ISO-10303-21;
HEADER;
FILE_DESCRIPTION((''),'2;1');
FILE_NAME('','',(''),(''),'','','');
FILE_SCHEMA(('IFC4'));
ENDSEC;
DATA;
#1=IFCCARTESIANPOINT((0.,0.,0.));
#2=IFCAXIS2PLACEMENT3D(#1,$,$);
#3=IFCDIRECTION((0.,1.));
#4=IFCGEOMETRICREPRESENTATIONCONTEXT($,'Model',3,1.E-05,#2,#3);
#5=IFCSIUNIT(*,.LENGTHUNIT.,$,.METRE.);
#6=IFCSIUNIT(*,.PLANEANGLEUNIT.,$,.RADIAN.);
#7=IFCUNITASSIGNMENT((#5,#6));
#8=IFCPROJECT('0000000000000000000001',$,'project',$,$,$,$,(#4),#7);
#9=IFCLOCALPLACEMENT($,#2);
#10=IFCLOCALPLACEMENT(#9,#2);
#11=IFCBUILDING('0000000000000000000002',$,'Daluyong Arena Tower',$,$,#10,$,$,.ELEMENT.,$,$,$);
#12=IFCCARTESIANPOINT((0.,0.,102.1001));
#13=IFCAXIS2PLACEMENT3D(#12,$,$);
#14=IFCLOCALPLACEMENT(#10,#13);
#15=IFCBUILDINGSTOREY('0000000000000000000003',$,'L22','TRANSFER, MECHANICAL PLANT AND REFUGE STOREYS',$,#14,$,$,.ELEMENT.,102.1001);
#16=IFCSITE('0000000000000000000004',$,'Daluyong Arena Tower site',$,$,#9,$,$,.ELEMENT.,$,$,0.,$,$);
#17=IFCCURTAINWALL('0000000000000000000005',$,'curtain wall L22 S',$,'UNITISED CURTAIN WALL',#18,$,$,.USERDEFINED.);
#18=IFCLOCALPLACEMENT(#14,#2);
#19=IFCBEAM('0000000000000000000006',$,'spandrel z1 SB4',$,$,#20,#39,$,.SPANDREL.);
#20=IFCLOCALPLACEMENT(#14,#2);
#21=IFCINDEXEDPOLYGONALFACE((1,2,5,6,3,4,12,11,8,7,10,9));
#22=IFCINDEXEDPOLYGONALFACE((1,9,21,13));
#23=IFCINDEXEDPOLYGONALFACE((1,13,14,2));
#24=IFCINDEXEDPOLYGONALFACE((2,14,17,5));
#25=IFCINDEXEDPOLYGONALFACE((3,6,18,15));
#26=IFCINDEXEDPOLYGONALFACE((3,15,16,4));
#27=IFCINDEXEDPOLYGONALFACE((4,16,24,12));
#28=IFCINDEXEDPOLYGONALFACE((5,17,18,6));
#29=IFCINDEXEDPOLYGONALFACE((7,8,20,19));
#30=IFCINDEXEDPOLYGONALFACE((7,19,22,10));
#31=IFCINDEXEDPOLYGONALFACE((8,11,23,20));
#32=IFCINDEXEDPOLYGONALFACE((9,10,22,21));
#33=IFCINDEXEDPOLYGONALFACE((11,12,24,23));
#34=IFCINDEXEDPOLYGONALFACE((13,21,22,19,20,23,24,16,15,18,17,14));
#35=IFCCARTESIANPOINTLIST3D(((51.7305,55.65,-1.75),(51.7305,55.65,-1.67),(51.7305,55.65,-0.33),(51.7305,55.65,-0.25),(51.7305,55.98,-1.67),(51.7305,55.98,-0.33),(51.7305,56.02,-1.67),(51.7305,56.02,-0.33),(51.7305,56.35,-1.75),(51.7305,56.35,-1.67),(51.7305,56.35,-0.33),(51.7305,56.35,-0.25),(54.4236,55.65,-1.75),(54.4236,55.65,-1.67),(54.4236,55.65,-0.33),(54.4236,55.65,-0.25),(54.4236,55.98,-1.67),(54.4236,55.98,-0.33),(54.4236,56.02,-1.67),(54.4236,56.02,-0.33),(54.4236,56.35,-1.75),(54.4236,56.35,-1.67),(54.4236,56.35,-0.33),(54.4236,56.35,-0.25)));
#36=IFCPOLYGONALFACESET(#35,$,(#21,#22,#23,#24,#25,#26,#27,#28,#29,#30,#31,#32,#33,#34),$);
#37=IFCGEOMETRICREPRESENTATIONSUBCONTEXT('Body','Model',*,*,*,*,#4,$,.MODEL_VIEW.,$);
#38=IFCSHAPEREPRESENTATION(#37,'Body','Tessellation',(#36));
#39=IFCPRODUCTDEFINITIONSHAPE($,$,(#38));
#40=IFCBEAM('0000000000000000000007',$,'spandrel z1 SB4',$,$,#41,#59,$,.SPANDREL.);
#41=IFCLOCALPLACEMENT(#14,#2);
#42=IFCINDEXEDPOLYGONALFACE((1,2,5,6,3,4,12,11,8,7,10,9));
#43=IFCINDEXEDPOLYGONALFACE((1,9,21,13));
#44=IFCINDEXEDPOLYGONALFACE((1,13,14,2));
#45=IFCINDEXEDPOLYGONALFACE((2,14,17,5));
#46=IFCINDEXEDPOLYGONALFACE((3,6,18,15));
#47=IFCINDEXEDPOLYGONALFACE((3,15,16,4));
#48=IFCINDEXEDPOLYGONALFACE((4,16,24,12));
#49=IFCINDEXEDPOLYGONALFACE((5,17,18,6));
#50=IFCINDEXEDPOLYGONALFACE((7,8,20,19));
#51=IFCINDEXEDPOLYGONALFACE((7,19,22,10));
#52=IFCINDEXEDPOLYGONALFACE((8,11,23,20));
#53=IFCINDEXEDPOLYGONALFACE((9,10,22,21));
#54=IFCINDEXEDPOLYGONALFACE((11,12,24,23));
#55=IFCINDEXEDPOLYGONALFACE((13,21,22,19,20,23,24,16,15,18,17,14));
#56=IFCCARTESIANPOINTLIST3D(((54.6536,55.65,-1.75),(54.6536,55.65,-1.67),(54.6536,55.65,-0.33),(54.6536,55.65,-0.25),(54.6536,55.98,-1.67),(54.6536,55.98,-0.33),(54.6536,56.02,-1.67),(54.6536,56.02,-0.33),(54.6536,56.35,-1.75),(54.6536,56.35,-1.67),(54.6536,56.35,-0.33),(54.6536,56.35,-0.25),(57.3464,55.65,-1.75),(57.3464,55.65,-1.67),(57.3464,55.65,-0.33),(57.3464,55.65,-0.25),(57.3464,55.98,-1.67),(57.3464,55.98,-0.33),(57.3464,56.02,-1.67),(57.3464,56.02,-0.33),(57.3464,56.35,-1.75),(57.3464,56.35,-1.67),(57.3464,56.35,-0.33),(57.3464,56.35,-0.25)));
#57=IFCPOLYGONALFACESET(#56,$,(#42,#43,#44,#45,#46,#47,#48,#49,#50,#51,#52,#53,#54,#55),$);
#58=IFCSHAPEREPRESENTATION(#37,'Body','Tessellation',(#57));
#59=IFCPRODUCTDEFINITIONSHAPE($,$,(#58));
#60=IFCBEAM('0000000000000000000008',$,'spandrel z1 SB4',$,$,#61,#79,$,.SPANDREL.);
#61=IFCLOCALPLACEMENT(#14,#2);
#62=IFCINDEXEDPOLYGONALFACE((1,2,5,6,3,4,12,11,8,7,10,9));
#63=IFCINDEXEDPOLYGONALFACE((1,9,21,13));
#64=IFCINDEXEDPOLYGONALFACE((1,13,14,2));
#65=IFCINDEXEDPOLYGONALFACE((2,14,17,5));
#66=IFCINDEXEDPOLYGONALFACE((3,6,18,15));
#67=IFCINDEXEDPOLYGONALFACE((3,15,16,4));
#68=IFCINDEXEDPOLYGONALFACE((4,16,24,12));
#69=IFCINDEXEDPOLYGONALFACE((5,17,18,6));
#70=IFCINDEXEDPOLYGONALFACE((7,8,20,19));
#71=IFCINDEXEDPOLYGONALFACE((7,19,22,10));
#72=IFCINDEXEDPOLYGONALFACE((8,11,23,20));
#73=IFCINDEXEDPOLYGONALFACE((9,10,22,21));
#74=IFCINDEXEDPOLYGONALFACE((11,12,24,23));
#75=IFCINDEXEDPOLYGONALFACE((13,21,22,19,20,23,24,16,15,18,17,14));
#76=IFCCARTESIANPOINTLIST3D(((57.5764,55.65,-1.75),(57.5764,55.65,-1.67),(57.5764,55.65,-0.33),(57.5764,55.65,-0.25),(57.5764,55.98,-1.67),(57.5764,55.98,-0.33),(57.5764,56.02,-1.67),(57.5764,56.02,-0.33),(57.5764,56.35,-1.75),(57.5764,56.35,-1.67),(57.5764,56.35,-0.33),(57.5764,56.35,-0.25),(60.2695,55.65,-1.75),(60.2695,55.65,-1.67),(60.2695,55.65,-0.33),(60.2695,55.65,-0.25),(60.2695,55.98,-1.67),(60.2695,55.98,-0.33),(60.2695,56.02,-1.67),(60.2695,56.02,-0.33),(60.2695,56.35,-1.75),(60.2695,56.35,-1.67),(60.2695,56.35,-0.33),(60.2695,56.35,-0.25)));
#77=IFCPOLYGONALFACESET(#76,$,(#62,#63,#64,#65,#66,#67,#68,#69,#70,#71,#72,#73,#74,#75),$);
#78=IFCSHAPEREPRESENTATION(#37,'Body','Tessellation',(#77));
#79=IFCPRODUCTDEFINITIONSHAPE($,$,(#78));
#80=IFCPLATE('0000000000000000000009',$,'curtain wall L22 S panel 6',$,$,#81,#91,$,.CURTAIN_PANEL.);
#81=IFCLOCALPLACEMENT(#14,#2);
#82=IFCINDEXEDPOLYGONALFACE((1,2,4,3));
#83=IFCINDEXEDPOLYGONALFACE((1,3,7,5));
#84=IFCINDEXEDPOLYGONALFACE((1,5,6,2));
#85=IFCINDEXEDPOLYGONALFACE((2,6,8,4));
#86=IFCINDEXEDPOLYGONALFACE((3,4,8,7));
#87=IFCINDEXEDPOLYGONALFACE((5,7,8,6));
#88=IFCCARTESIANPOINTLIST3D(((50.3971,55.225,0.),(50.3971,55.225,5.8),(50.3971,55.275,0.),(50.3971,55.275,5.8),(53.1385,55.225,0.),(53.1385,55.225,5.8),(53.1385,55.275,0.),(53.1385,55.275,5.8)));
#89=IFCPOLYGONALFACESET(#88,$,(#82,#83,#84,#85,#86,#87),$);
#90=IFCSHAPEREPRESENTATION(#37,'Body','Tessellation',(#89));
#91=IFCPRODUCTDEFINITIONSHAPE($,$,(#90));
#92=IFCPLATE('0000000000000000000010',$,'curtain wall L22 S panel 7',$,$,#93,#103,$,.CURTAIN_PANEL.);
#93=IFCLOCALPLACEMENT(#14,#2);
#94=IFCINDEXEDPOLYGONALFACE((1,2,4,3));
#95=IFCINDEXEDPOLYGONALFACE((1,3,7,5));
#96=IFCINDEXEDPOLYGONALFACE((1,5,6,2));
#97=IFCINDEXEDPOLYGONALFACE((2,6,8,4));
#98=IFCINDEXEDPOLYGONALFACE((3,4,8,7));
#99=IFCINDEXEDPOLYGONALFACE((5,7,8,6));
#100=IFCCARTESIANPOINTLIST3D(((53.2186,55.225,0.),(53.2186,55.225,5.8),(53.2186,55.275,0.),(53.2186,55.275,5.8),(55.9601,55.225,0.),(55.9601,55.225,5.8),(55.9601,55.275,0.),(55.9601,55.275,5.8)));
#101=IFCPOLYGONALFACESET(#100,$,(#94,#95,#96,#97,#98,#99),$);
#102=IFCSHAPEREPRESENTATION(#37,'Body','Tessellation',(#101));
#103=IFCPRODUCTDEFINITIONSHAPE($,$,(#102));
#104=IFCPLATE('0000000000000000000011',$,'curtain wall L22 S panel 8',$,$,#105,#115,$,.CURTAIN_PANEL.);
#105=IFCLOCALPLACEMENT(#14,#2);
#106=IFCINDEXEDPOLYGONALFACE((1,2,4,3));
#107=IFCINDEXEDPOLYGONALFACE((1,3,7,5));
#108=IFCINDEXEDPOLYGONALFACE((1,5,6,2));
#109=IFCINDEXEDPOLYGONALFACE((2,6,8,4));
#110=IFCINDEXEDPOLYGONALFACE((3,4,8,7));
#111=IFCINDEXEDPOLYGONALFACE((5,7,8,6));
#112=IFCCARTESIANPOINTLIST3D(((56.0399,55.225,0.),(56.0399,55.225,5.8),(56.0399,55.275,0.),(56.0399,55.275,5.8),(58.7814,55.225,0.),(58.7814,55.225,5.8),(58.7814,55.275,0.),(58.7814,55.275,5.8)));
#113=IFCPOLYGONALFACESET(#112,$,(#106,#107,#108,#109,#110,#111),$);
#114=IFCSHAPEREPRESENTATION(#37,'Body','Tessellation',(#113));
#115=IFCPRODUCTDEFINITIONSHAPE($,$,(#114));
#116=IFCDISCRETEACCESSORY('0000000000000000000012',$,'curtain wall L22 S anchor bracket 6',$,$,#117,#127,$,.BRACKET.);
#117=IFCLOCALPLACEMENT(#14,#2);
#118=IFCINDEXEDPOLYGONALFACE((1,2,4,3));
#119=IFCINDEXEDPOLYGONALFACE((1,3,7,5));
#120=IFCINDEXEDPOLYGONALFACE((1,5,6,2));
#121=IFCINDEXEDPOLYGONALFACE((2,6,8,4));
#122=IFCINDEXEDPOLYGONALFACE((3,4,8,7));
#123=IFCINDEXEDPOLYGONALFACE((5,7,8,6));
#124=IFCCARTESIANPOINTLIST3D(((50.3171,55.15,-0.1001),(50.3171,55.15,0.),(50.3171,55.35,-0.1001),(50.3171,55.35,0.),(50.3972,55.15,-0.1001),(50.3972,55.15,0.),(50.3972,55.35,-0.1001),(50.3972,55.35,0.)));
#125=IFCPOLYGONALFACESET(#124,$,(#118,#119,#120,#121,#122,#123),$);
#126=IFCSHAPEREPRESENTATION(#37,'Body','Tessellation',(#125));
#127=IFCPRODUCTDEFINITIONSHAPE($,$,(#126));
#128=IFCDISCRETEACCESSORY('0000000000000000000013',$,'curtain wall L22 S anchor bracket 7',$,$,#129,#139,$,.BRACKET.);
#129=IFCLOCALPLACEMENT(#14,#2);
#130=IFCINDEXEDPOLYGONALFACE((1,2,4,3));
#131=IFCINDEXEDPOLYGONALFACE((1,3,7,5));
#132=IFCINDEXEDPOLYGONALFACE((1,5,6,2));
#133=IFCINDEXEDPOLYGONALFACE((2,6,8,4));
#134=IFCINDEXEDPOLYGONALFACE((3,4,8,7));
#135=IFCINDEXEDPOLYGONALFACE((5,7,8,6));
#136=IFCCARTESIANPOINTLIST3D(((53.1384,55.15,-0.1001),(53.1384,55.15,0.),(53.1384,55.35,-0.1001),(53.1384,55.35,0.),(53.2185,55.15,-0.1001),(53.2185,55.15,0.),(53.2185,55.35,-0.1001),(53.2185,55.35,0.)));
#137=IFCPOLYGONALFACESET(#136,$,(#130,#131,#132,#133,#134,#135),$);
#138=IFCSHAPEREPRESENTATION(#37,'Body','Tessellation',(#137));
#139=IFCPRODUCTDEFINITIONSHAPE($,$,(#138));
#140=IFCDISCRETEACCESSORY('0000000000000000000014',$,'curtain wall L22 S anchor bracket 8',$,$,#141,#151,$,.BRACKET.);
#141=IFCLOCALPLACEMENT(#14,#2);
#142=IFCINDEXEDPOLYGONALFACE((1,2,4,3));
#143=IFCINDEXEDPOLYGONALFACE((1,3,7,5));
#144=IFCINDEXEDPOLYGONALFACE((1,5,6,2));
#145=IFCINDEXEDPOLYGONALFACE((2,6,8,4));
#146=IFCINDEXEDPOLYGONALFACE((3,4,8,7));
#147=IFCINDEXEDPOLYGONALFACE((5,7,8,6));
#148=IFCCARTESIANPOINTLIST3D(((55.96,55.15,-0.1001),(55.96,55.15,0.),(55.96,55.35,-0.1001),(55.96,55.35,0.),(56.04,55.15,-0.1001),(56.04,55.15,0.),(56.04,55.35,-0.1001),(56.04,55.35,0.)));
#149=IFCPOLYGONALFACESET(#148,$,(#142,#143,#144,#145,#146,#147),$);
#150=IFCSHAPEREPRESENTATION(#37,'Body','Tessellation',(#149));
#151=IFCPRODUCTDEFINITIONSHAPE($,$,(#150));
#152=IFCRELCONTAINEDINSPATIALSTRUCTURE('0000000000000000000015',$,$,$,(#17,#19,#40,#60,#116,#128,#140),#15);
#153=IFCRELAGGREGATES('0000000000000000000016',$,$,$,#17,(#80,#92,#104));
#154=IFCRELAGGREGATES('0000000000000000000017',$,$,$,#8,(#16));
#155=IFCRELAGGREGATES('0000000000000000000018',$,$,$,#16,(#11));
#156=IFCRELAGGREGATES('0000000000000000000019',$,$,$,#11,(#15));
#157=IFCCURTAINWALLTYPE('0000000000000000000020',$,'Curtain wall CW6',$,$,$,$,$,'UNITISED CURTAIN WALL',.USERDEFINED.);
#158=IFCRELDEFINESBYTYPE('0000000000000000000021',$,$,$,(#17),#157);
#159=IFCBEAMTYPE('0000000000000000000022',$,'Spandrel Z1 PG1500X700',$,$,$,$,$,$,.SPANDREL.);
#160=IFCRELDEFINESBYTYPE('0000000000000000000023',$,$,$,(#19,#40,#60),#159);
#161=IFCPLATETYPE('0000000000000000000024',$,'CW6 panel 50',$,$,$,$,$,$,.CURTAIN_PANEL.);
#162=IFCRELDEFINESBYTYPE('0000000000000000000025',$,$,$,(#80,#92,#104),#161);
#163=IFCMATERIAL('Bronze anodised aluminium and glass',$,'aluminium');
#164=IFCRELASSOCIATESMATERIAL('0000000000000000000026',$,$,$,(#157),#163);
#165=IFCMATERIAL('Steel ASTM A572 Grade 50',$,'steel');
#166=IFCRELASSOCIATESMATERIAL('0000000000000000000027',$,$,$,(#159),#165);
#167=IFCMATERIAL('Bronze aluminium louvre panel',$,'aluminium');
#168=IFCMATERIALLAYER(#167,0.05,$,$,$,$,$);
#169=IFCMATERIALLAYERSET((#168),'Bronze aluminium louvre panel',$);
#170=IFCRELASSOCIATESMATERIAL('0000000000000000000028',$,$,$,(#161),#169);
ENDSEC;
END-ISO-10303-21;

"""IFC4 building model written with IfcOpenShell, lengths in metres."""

from ifc_helpers import new_model, si_unit, direction, frame, origin, origin_2d, place, context, subcontext, project, spatial, rectangle, i_section, extrude, material, layer, layer_set, material_profile, profile_set, type_object, element, aggregate, save


model = new_model("IFC4")

# Units and contexts
model_context = context("Model", 3, precision=1e-05, world=origin(), true_north=direction((0.0, 1.0)))
body_context = subcontext(model_context, "Body", "Model", "MODEL_VIEW")
ifc_project = project(units=[si_unit("LENGTHUNIT", "METRE"), si_unit("PLANEANGLEUNIT", "RADIAN")], contexts=[model_context])

# Site, building, storey
site_placement = place(None, origin())
site = spatial("IfcSite", under=ifc_project, at=site_placement, Name="Daluyong Arena Tower site", CompositionType="ELEMENT", RefElevation=0.0)
building_placement = place(site_placement, origin())
building = spatial("IfcBuilding", under=site, at=building_placement, Name="Daluyong Arena Tower", CompositionType="ELEMENT")
storey_placement = place(building_placement, frame((0.0, 0.0, 102.1001)))
storey = spatial("IfcBuildingStorey", under=building, at=storey_placement, Name="L22", Description="TRANSFER, MECHANICAL PLANT AND REFUGE STOREYS", CompositionType="ELEMENT", Elevation=102.1001)

# Curtain wall
ifc_material_1 = material(Name="Bronze anodised aluminium and glass", Category="aluminium")
curtain_wall_type = type_object("IfcCurtainWallType", Name="Curtain wall CW6", ElementType="UNITISED CURTAIN WALL", PredefinedType="USERDEFINED", material=ifc_material_1)
curtain_wall_placement = place(storey_placement, origin())
curtain_wall = element("IfcCurtainWall", 1, at=curtain_wall_placement, inside=storey, type_object=curtain_wall_type, Name="curtain wall L22 S", ObjectType="UNITISED CURTAIN WALL", PredefinedType="USERDEFINED")

# Beams
ifc_material_2 = material(Name="Steel ASTM A572 Grade 50", Category="steel")
ifc_material_profile_1 = material_profile(ifc_material_2, i_section(OverallWidth=0.7, OverallDepth=1.5, WebThickness=0.04, FlangeThickness=0.08, at=origin_2d()))
ifc_profile_set_1 = profile_set([ifc_material_profile_1], Name="Steel ASTM A572 Grade 50")
beam_type = type_object("IfcBeamType", Name="Spandrel Z1 PG1500X700", PredefinedType="SPANDREL", material=ifc_profile_set_1)
beam_1_placement = place(storey_placement, frame((51.7305, 56.0, -1.0), z_axis=(1.0, 0.0, 0.0), x_axis=(0.0, 1.0, 0.0)))
element("IfcBeam", 2, at=beam_1_placement, inside=storey, type_object=beam_type, Name="spandrel z1 SB4", PredefinedType="SPANDREL", context=body_context, shape_type="SweptSolid", body=[
    extrude(i_section(OverallWidth=0.7, OverallDepth=1.5, WebThickness=0.04, FlangeThickness=0.08, at=origin_2d()), origin(), (0.0, 0.0, 1.0), 2.6931),
])
beam_2_placement = place(storey_placement, frame((54.6536, 56.0, -1.0), z_axis=(1.0, 0.0, 0.0), x_axis=(0.0, 1.0, 0.0)))
element("IfcBeam", 3, at=beam_2_placement, inside=storey, type_object=beam_type, Name="spandrel z1 SB4", PredefinedType="SPANDREL", context=body_context, shape_type="SweptSolid", body=[
    extrude(i_section(OverallWidth=0.7, OverallDepth=1.5, WebThickness=0.04, FlangeThickness=0.08, at=origin_2d()), origin(), (0.0, 0.0, 1.0), 2.6929),
])
beam_3_placement = place(storey_placement, frame((57.5764, 56.0, -1.0), z_axis=(1.0, 0.0, 0.0), x_axis=(0.0, 1.0, 0.0)))
element("IfcBeam", 4, at=beam_3_placement, inside=storey, type_object=beam_type, Name="spandrel z1 SB4", PredefinedType="SPANDREL", context=body_context, shape_type="SweptSolid", body=[
    extrude(i_section(OverallWidth=0.7, OverallDepth=1.5, WebThickness=0.04, FlangeThickness=0.08, at=origin_2d()), origin(), (0.0, 0.0, 1.0), 2.6931),
])

# Plates
ifc_material_3 = material(Name="Bronze aluminium louvre panel", Category="aluminium")
ifc_layer = layer(ifc_material_3, 0.05)
ifc_layer_set = layer_set([ifc_layer], Name="Bronze aluminium louvre panel")
plate_type = type_object("IfcPlateType", Name="CW6 panel 50", PredefinedType="CURTAIN_PANEL", material=ifc_layer_set)
plate_1_placement = place(storey_placement, frame((51.7678, 55.25, 0.0), z_axis=(0.0, 0.0, 1.0), x_axis=(1.0, 0.0, 0.0)))
plate_1 = element("IfcPlate", 5, at=plate_1_placement, type_object=plate_type, Name="curtain wall L22 S panel 6", PredefinedType="CURTAIN_PANEL", context=body_context, shape_type="SweptSolid", body=[
    extrude(rectangle(XDim=2.7415, YDim=0.05, at=origin_2d()), origin(), (0.0, 0.0, 1.0), 5.8),
])
plate_2_placement = place(storey_placement, frame((54.5894, 55.25, 0.0), z_axis=(0.0, 0.0, 1.0), x_axis=(1.0, 0.0, 0.0)))
plate_2 = element("IfcPlate", 6, at=plate_2_placement, type_object=plate_type, Name="curtain wall L22 S panel 7", PredefinedType="CURTAIN_PANEL", context=body_context, shape_type="SweptSolid", body=[
    extrude(rectangle(XDim=2.7415, YDim=0.05, at=origin_2d()), origin(), (0.0, 0.0, 1.0), 5.8),
])
plate_3_placement = place(storey_placement, frame((57.4106, 55.25, 0.0), z_axis=(0.0, 0.0, 1.0), x_axis=(1.0, 0.0, 0.0)))
plate_3 = element("IfcPlate", 7, at=plate_3_placement, type_object=plate_type, Name="curtain wall L22 S panel 8", PredefinedType="CURTAIN_PANEL", context=body_context, shape_type="SweptSolid", body=[
    extrude(rectangle(XDim=2.7415, YDim=0.05, at=origin_2d()), origin(), (0.0, 0.0, 1.0), 5.8),
])
aggregate(curtain_wall, [plate_1, plate_2, plate_3])

# Discrete accessories
for number, where, z_axis, x_axis, name in (
    (8, (50.3572, 55.25, -0.1001), (0.0, 0.0, 1.0), (1.0, 0.0, 0.0), "curtain wall L22 S anchor bracket 6"),
    (9, (53.1785, 55.25, -0.1001), (0.0, 0.0, 1.0), (1.0, 0.0, 0.0), "curtain wall L22 S anchor bracket 7"),
    (10, (56.0, 55.25, -0.1001), (0.0, 0.0, 1.0), (1.0, 0.0, 0.0), "curtain wall L22 S anchor bracket 8"),
):
    element("IfcDiscreteAccessory", number, at=place(storey_placement, frame(where, z_axis=z_axis, x_axis=x_axis)), inside=storey, Name=name, PredefinedType="BRACKET", context=body_context, shape_type="SweptSolid", body=[
        extrude(rectangle(XDim=0.0801, YDim=0.2, at=origin_2d()), origin(), (0.0, 0.0, 1.0), 0.1001),
    ])

save(model, "model.ifc")
